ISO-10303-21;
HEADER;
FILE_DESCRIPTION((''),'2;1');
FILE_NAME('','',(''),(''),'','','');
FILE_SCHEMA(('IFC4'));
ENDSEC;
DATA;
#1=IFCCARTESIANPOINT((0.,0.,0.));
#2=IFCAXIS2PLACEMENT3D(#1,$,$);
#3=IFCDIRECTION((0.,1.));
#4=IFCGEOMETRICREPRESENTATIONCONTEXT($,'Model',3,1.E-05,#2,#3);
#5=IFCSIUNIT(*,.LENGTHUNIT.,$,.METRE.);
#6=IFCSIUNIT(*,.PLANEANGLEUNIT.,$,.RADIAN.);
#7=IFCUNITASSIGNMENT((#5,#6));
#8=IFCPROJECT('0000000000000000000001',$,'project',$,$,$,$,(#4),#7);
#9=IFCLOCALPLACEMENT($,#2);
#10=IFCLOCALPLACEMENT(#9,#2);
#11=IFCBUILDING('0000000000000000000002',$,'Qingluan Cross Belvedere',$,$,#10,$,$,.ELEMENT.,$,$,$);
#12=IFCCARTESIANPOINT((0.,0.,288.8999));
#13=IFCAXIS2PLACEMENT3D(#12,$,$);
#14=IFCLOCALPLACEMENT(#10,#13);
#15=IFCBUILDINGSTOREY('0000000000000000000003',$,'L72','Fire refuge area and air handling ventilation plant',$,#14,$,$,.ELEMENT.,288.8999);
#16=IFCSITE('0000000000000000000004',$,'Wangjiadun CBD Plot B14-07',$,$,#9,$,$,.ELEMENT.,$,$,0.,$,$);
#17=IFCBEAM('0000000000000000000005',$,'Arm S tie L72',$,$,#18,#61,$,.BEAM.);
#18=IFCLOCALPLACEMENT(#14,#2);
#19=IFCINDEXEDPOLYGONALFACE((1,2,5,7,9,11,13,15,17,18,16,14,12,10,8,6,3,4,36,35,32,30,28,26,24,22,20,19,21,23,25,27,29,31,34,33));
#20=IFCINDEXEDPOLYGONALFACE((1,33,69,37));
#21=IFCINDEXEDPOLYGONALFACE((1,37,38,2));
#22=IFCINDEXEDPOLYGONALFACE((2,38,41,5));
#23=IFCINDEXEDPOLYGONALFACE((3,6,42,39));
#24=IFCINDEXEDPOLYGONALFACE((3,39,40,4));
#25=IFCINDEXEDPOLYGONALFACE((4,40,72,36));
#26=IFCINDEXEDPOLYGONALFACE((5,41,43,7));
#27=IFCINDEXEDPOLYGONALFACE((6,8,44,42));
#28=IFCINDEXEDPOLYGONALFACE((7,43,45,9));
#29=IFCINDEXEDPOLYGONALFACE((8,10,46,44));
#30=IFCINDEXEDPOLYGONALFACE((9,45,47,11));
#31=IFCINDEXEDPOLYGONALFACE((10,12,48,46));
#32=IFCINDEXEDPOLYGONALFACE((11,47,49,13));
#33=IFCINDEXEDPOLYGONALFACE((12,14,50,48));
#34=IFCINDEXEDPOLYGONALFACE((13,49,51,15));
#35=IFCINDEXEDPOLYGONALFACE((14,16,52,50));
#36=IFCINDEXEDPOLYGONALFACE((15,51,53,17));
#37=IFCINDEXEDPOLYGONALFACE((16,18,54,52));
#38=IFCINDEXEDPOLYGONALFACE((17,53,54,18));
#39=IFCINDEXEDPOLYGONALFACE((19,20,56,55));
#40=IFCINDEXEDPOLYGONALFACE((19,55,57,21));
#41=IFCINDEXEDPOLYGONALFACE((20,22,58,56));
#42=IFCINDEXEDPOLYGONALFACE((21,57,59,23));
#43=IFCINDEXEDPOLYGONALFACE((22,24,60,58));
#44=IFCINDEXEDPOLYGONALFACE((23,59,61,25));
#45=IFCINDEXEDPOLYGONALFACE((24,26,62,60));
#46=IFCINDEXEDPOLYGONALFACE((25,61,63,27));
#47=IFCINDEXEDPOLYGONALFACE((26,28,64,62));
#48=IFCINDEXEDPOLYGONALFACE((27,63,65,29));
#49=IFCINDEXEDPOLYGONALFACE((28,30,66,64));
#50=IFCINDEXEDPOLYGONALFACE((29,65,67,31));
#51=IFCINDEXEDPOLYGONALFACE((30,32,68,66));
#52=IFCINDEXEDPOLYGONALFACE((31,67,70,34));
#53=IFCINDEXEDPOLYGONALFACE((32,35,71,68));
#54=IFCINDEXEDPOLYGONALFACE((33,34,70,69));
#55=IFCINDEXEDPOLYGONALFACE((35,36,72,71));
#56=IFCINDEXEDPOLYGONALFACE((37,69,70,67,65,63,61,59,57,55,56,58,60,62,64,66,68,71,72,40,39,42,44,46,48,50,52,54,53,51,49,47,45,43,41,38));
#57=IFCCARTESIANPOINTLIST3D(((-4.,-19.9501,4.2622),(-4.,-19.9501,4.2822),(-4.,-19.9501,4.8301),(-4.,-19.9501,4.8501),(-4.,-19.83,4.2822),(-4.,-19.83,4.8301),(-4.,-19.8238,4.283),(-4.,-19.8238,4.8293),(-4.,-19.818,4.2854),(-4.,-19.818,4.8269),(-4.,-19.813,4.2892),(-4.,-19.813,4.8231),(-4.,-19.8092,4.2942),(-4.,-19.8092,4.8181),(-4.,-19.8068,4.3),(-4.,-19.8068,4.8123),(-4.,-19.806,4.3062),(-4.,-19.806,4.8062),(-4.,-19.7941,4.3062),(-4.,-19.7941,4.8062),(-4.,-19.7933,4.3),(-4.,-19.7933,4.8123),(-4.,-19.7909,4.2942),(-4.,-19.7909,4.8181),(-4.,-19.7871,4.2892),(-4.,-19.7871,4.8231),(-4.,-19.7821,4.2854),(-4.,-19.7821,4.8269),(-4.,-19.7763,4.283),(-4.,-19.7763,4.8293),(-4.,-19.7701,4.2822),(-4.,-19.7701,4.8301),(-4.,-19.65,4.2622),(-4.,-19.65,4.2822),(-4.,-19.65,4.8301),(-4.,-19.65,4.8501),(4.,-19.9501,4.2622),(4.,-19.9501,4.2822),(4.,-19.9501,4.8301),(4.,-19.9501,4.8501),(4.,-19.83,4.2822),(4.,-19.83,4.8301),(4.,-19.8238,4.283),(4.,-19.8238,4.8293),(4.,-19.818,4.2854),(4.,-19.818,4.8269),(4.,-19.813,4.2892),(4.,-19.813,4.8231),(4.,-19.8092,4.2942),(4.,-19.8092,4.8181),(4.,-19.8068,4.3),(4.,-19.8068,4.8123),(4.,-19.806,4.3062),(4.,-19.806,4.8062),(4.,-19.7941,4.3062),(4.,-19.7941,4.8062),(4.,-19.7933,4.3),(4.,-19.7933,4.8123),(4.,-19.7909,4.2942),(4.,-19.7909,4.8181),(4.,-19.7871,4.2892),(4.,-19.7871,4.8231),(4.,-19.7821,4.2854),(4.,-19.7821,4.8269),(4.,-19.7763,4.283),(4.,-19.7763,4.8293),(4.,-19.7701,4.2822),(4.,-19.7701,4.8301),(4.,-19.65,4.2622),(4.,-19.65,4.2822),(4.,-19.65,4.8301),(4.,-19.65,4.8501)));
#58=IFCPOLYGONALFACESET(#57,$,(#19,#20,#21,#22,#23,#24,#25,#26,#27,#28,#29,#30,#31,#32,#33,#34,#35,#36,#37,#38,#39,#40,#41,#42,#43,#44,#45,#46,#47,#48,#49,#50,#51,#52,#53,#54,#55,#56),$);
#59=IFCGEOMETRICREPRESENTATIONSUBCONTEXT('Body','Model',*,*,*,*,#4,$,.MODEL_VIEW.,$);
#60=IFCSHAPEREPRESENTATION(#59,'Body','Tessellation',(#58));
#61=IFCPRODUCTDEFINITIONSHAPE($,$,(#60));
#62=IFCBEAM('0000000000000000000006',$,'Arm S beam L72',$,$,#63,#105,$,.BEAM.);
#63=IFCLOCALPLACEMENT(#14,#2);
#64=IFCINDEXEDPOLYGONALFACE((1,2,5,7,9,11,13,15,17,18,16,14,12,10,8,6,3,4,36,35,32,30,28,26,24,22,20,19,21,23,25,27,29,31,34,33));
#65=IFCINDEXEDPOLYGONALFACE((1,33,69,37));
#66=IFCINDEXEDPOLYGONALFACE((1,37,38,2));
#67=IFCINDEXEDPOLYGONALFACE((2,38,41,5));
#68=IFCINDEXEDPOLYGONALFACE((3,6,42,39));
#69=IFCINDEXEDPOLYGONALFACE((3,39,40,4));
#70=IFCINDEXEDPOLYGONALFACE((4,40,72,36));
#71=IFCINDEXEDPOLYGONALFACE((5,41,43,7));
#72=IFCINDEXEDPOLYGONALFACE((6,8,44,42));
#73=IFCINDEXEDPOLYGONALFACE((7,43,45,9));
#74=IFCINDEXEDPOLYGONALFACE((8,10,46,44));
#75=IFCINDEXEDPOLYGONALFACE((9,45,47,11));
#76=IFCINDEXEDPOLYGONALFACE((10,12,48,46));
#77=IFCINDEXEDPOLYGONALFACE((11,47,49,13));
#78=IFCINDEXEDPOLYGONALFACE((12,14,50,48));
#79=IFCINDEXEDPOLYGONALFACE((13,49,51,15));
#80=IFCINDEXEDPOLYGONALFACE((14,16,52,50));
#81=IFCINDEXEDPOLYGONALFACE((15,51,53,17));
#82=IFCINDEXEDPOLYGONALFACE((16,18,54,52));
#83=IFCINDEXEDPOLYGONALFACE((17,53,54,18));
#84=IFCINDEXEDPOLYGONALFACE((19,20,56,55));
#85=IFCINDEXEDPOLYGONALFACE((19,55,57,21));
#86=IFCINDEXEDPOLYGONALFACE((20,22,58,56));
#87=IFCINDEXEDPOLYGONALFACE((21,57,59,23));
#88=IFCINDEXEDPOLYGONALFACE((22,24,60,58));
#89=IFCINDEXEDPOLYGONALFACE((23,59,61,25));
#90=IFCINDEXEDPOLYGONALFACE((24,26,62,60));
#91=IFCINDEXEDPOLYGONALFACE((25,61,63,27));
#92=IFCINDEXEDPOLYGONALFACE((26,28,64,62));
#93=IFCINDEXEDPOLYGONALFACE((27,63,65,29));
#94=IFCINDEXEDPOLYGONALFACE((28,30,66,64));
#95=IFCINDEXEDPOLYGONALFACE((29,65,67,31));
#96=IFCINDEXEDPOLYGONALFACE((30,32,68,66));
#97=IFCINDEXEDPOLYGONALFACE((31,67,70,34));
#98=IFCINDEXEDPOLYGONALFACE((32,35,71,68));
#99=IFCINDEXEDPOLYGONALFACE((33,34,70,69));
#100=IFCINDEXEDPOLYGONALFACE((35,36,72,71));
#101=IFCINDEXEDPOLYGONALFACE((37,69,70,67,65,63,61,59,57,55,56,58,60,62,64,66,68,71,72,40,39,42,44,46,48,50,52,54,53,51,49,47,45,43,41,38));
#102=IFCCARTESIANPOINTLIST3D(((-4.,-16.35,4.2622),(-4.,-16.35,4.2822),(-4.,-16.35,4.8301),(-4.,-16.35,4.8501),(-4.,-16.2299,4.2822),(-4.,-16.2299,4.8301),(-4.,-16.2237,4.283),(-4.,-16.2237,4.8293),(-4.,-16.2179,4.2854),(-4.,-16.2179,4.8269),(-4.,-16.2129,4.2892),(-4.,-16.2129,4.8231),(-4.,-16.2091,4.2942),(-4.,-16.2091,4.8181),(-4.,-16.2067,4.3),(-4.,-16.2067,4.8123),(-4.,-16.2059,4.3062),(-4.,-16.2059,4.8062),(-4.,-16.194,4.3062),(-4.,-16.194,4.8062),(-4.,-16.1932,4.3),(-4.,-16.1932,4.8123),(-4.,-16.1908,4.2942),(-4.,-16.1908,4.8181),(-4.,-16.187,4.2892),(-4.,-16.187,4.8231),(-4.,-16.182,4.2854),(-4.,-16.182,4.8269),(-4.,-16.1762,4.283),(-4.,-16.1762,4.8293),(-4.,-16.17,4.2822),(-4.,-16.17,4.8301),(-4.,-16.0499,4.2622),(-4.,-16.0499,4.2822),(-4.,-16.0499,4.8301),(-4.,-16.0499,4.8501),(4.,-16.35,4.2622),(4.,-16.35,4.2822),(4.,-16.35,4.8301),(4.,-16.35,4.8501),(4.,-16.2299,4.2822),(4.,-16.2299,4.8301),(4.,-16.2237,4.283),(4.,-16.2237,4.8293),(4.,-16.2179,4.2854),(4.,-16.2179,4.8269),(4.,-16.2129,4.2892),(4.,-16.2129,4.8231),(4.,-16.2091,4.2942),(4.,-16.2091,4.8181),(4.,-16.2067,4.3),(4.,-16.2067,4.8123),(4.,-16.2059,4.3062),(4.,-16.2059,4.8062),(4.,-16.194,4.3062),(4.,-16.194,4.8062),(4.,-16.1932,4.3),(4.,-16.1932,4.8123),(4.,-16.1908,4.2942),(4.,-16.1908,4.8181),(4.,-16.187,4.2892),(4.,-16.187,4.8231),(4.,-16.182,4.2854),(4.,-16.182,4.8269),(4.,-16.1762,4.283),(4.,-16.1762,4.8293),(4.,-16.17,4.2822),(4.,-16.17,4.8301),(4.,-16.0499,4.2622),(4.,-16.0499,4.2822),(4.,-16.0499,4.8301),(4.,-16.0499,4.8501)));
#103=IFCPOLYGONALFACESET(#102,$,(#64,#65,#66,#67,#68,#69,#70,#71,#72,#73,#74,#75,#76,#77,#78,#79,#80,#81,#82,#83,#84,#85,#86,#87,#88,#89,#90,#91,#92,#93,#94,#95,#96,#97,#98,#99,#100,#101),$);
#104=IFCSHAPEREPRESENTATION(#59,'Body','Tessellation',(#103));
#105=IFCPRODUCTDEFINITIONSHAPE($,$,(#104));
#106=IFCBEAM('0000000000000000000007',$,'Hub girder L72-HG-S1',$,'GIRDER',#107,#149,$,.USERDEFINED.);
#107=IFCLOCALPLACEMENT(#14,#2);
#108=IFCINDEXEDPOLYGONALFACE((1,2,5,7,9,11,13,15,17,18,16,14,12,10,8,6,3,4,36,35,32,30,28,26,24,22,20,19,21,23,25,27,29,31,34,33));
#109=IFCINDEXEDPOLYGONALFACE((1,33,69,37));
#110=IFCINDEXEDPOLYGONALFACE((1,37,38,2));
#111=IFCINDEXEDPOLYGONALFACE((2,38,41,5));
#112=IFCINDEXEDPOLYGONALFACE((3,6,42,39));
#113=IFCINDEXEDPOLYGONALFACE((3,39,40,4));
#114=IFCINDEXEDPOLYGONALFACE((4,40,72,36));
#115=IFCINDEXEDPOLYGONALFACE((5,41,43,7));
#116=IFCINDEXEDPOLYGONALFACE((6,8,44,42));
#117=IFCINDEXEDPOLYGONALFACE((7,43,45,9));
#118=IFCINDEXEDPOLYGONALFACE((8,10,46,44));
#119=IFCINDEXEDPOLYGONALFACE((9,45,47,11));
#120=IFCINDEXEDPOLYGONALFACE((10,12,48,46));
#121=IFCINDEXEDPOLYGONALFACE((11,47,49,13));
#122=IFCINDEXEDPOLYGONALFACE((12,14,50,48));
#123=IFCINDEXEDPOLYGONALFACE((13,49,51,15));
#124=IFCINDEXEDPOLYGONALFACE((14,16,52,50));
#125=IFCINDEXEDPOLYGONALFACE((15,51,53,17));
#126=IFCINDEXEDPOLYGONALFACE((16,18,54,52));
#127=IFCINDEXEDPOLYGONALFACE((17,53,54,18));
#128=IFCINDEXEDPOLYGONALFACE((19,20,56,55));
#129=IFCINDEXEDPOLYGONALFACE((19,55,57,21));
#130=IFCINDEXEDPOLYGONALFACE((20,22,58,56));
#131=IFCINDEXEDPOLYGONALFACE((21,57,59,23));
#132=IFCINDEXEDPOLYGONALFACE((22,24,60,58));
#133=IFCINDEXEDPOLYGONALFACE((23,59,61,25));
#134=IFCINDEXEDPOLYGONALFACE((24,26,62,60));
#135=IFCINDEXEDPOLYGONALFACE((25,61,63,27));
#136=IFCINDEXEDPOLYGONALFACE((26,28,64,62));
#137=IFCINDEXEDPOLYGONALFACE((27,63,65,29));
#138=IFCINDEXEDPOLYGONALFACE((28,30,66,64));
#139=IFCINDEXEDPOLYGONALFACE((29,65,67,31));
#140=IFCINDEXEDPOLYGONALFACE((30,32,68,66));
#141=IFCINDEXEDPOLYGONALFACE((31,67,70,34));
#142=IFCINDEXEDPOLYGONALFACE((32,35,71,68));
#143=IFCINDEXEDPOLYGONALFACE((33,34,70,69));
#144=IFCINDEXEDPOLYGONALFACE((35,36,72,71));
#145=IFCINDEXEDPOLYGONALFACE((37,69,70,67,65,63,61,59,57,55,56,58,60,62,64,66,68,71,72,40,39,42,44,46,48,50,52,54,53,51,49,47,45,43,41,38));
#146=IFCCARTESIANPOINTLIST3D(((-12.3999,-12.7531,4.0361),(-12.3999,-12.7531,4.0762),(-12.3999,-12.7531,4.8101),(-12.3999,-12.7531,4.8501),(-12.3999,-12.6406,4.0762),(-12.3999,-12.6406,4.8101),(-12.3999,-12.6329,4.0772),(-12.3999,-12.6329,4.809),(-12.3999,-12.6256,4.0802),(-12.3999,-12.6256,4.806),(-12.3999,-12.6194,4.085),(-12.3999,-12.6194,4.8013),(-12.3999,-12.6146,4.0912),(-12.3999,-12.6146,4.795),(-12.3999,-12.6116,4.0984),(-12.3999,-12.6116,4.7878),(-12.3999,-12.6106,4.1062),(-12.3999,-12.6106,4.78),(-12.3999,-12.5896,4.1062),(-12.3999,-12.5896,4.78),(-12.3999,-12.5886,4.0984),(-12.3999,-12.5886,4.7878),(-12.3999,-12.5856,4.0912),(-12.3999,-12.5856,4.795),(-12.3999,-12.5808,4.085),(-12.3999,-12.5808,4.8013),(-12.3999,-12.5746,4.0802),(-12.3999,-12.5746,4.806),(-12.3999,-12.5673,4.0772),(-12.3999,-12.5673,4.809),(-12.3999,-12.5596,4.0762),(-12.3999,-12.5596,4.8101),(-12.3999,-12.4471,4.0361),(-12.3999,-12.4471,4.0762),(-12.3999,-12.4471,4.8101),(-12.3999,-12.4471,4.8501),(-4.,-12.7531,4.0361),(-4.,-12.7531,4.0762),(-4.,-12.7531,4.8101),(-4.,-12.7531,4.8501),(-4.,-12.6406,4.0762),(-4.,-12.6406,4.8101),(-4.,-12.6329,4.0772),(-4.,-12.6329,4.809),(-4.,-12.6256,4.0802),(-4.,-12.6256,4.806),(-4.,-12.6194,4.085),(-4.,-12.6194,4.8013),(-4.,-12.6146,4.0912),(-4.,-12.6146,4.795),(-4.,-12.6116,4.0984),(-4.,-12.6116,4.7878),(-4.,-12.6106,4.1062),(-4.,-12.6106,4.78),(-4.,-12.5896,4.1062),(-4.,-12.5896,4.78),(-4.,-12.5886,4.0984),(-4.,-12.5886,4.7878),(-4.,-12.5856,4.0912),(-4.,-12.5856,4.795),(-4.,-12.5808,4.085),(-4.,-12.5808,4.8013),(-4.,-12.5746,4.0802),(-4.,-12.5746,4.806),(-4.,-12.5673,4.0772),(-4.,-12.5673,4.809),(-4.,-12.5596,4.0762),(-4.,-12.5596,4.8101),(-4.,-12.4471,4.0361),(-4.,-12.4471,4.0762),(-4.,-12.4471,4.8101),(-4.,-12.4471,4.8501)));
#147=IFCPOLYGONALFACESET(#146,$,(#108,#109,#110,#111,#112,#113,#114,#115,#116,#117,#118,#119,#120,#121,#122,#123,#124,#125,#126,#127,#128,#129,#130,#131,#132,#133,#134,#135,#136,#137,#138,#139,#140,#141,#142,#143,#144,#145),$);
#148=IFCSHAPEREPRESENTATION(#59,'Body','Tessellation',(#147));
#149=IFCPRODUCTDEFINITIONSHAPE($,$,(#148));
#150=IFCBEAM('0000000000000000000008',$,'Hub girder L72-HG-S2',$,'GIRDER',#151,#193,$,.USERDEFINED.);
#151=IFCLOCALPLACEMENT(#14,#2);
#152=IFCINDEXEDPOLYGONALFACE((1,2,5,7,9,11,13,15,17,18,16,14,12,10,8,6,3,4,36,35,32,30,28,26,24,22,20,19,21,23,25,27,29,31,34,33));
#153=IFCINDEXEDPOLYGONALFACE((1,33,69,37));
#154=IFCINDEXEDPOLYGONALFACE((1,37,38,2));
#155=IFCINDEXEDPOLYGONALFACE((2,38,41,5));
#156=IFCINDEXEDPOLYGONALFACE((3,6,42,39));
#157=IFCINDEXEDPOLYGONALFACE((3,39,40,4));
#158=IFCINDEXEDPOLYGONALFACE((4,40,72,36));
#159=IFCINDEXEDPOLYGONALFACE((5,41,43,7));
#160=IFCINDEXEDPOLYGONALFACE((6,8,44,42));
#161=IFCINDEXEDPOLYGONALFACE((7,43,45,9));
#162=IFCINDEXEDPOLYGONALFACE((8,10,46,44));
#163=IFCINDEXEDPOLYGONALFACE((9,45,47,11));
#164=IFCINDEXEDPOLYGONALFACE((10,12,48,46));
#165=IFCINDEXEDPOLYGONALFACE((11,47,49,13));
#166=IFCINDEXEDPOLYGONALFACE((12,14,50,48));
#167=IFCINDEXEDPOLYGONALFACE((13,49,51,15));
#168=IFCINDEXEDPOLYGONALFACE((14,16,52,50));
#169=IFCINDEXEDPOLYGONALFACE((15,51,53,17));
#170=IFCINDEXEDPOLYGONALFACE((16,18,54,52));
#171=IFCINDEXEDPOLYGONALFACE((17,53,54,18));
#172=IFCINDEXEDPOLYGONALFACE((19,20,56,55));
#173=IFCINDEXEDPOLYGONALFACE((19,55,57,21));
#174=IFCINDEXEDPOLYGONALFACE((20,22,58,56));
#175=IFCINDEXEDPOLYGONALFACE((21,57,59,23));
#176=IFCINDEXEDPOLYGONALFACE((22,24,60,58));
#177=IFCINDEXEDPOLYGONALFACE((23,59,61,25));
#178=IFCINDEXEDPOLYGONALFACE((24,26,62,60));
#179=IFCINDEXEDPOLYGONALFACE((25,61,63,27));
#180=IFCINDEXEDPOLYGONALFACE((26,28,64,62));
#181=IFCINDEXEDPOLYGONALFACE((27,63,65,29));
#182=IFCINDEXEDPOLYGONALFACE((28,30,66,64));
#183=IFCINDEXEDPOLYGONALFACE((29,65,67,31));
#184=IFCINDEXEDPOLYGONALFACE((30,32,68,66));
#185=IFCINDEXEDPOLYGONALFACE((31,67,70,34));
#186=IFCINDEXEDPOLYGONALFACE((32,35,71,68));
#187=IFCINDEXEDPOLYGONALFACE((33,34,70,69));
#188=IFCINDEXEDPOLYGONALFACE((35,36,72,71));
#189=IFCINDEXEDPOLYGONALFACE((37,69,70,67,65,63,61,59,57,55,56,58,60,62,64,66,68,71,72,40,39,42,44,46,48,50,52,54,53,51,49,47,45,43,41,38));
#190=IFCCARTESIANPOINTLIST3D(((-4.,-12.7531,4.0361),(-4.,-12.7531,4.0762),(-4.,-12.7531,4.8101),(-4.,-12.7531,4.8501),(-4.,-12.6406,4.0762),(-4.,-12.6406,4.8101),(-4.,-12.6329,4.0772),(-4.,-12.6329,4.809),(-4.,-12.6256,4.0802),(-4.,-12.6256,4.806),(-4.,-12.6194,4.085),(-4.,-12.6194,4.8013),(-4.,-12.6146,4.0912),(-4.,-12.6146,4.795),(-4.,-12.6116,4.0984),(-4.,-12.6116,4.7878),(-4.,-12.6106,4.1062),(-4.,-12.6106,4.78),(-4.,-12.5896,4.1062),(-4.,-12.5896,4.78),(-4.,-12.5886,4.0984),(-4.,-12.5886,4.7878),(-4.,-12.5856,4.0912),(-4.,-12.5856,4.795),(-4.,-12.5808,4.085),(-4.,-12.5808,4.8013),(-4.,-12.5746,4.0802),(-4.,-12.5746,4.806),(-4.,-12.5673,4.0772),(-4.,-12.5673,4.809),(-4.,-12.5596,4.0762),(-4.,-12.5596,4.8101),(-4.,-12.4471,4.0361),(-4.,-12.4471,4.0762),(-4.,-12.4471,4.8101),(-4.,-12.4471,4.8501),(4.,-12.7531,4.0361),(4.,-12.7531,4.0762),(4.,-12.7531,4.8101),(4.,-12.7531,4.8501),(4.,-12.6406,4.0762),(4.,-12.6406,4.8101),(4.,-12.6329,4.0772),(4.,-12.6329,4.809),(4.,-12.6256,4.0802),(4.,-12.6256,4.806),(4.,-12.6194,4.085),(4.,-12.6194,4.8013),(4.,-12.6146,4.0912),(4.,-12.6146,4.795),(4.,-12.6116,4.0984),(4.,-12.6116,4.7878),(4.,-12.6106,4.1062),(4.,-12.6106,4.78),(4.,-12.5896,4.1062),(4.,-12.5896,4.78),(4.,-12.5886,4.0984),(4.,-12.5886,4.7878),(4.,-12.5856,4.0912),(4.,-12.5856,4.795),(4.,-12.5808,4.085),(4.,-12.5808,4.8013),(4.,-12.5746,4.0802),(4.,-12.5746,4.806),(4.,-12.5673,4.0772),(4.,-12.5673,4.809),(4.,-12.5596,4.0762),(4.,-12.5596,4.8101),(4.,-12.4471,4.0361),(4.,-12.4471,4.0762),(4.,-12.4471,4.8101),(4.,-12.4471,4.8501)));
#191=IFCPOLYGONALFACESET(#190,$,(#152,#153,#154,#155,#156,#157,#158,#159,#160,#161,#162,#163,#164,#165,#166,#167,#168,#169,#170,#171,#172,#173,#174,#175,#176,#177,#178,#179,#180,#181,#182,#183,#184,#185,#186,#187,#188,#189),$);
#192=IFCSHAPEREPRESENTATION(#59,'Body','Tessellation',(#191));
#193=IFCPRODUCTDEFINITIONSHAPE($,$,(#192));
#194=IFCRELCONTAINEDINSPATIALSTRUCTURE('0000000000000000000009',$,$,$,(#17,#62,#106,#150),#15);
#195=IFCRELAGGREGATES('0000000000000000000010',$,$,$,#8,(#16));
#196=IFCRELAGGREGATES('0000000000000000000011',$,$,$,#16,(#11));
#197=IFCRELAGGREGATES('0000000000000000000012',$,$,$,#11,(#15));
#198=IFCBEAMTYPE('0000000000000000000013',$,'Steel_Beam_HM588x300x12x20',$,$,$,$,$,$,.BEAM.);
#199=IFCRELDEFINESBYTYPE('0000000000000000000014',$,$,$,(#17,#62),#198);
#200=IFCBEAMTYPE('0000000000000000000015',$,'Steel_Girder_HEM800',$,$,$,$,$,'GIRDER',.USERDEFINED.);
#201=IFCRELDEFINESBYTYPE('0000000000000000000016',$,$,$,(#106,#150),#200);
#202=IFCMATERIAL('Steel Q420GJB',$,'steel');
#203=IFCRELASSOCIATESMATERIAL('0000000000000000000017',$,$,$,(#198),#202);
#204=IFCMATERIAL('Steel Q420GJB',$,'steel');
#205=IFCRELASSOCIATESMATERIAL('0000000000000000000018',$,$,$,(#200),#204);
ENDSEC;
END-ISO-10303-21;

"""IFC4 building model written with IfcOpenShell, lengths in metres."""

from ifc_helpers import new_model, si_unit, direction, frame, origin, origin_2d, place, context, subcontext, project, spatial, i_section, extrude, material, material_profile, profile_set, type_object, element, save


model = new_model("IFC4")

# Units and contexts
model_context = context("Model", 3, precision=1e-05, world=origin(), true_north=direction((0.0, 1.0)))
body_context = subcontext(model_context, "Body", "Model", "MODEL_VIEW")
ifc_project = project(units=[si_unit("LENGTHUNIT", "METRE"), si_unit("PLANEANGLEUNIT", "RADIAN")], contexts=[model_context])

# Site, building, storey
site_placement = place(None, origin())
site = spatial("IfcSite", under=ifc_project, at=site_placement, Name="Wangjiadun CBD Plot B14-07", CompositionType="ELEMENT", RefElevation=0.0)
building_placement = place(site_placement, origin())
building = spatial("IfcBuilding", under=site, at=building_placement, Name="Qingluan Cross Belvedere", CompositionType="ELEMENT")
storey_placement = place(building_placement, frame((0.0, 0.0, 288.8999)))
storey = spatial("IfcBuildingStorey", under=building, at=storey_placement, Name="L72", Description="Fire refuge area and air handling ventilation plant", CompositionType="ELEMENT", Elevation=288.8999)

# Beams
ifc_material_1 = material(Name="Steel Q420GJB", Category="steel")
ifc_material_profile_1 = material_profile(ifc_material_1, i_section(OverallWidth=0.3, OverallDepth=0.5879, WebThickness=0.012, FlangeThickness=0.02, FilletRadius=0.0239, at=origin_2d()), Name="HM588x300x12x20")
ifc_profile_set_1 = profile_set([ifc_material_profile_1], Name="Steel Q420GJB")
beam_type_1 = type_object("IfcBeamType", Name="Steel_Beam_HM588x300x12x20", PredefinedType="BEAM", material=ifc_profile_set_1)
for number, where, z_axis, x_axis, name in (
    (1, (-4.0, -19.8, 4.5562), (1.0, 0.0, 0.0), (0.0, 1.0, 0.0), "Arm S tie L72"),
    (2, (-4.0, -16.2, 4.5562), (1.0, 0.0, 0.0), (0.0, 1.0, 0.0), "Arm S beam L72"),
):
    element("IfcBeam", number, at=place(storey_placement, frame(where, z_axis=z_axis, x_axis=x_axis)), inside=storey, type_object=beam_type_1, Name=name, PredefinedType="BEAM", context=body_context, shape_type="SweptSolid", body=[
        extrude(i_section(OverallWidth=0.3, OverallDepth=0.5879, WebThickness=0.012, FlangeThickness=0.02, FilletRadius=0.0239, at=origin_2d()), origin(), (0.0, 0.0, 1.0), 8.0),
    ])
ifc_material_2 = material(Name="Steel Q420GJB", Category="steel")
ifc_material_profile_2 = material_profile(ifc_material_2, i_section(OverallWidth=0.3059, OverallDepth=0.814, WebThickness=0.021, FlangeThickness=0.04, FilletRadius=0.03, at=origin_2d()), Name="HEM800")
ifc_profile_set_2 = profile_set([ifc_material_profile_2], Name="Steel Q420GJB")
beam_type_2 = type_object("IfcBeamType", Name="Steel_Girder_HEM800", ElementType="GIRDER", PredefinedType="USERDEFINED", material=ifc_profile_set_2)
beam_1_placement = place(storey_placement, frame((-12.3999, -12.6001, 4.4431), z_axis=(1.0, 0.0, 0.0), x_axis=(0.0, 1.0, 0.0)))
element("IfcBeam", 3, at=beam_1_placement, inside=storey, type_object=beam_type_2, Name="Hub girder L72-HG-S1", ObjectType="GIRDER", PredefinedType="USERDEFINED", context=body_context, shape_type="SweptSolid", body=[
    extrude(i_section(OverallWidth=0.3059, OverallDepth=0.814, WebThickness=0.021, FlangeThickness=0.04, FilletRadius=0.03, at=origin_2d()), origin(), (0.0, 0.0, 1.0), 8.3999),
])
beam_2_placement = place(storey_placement, frame((-4.0, -12.6001, 4.4431), z_axis=(1.0, 0.0, 0.0), x_axis=(0.0, 1.0, 0.0)))
element("IfcBeam", 4, at=beam_2_placement, inside=storey, type_object=beam_type_2, Name="Hub girder L72-HG-S2", ObjectType="GIRDER", PredefinedType="USERDEFINED", context=body_context, shape_type="SweptSolid", body=[
    extrude(i_section(OverallWidth=0.3059, OverallDepth=0.814, WebThickness=0.021, FlangeThickness=0.04, FilletRadius=0.03, at=origin_2d()), origin(), (0.0, 0.0, 1.0), 8.0),
])

save(model, "model.ifc")
